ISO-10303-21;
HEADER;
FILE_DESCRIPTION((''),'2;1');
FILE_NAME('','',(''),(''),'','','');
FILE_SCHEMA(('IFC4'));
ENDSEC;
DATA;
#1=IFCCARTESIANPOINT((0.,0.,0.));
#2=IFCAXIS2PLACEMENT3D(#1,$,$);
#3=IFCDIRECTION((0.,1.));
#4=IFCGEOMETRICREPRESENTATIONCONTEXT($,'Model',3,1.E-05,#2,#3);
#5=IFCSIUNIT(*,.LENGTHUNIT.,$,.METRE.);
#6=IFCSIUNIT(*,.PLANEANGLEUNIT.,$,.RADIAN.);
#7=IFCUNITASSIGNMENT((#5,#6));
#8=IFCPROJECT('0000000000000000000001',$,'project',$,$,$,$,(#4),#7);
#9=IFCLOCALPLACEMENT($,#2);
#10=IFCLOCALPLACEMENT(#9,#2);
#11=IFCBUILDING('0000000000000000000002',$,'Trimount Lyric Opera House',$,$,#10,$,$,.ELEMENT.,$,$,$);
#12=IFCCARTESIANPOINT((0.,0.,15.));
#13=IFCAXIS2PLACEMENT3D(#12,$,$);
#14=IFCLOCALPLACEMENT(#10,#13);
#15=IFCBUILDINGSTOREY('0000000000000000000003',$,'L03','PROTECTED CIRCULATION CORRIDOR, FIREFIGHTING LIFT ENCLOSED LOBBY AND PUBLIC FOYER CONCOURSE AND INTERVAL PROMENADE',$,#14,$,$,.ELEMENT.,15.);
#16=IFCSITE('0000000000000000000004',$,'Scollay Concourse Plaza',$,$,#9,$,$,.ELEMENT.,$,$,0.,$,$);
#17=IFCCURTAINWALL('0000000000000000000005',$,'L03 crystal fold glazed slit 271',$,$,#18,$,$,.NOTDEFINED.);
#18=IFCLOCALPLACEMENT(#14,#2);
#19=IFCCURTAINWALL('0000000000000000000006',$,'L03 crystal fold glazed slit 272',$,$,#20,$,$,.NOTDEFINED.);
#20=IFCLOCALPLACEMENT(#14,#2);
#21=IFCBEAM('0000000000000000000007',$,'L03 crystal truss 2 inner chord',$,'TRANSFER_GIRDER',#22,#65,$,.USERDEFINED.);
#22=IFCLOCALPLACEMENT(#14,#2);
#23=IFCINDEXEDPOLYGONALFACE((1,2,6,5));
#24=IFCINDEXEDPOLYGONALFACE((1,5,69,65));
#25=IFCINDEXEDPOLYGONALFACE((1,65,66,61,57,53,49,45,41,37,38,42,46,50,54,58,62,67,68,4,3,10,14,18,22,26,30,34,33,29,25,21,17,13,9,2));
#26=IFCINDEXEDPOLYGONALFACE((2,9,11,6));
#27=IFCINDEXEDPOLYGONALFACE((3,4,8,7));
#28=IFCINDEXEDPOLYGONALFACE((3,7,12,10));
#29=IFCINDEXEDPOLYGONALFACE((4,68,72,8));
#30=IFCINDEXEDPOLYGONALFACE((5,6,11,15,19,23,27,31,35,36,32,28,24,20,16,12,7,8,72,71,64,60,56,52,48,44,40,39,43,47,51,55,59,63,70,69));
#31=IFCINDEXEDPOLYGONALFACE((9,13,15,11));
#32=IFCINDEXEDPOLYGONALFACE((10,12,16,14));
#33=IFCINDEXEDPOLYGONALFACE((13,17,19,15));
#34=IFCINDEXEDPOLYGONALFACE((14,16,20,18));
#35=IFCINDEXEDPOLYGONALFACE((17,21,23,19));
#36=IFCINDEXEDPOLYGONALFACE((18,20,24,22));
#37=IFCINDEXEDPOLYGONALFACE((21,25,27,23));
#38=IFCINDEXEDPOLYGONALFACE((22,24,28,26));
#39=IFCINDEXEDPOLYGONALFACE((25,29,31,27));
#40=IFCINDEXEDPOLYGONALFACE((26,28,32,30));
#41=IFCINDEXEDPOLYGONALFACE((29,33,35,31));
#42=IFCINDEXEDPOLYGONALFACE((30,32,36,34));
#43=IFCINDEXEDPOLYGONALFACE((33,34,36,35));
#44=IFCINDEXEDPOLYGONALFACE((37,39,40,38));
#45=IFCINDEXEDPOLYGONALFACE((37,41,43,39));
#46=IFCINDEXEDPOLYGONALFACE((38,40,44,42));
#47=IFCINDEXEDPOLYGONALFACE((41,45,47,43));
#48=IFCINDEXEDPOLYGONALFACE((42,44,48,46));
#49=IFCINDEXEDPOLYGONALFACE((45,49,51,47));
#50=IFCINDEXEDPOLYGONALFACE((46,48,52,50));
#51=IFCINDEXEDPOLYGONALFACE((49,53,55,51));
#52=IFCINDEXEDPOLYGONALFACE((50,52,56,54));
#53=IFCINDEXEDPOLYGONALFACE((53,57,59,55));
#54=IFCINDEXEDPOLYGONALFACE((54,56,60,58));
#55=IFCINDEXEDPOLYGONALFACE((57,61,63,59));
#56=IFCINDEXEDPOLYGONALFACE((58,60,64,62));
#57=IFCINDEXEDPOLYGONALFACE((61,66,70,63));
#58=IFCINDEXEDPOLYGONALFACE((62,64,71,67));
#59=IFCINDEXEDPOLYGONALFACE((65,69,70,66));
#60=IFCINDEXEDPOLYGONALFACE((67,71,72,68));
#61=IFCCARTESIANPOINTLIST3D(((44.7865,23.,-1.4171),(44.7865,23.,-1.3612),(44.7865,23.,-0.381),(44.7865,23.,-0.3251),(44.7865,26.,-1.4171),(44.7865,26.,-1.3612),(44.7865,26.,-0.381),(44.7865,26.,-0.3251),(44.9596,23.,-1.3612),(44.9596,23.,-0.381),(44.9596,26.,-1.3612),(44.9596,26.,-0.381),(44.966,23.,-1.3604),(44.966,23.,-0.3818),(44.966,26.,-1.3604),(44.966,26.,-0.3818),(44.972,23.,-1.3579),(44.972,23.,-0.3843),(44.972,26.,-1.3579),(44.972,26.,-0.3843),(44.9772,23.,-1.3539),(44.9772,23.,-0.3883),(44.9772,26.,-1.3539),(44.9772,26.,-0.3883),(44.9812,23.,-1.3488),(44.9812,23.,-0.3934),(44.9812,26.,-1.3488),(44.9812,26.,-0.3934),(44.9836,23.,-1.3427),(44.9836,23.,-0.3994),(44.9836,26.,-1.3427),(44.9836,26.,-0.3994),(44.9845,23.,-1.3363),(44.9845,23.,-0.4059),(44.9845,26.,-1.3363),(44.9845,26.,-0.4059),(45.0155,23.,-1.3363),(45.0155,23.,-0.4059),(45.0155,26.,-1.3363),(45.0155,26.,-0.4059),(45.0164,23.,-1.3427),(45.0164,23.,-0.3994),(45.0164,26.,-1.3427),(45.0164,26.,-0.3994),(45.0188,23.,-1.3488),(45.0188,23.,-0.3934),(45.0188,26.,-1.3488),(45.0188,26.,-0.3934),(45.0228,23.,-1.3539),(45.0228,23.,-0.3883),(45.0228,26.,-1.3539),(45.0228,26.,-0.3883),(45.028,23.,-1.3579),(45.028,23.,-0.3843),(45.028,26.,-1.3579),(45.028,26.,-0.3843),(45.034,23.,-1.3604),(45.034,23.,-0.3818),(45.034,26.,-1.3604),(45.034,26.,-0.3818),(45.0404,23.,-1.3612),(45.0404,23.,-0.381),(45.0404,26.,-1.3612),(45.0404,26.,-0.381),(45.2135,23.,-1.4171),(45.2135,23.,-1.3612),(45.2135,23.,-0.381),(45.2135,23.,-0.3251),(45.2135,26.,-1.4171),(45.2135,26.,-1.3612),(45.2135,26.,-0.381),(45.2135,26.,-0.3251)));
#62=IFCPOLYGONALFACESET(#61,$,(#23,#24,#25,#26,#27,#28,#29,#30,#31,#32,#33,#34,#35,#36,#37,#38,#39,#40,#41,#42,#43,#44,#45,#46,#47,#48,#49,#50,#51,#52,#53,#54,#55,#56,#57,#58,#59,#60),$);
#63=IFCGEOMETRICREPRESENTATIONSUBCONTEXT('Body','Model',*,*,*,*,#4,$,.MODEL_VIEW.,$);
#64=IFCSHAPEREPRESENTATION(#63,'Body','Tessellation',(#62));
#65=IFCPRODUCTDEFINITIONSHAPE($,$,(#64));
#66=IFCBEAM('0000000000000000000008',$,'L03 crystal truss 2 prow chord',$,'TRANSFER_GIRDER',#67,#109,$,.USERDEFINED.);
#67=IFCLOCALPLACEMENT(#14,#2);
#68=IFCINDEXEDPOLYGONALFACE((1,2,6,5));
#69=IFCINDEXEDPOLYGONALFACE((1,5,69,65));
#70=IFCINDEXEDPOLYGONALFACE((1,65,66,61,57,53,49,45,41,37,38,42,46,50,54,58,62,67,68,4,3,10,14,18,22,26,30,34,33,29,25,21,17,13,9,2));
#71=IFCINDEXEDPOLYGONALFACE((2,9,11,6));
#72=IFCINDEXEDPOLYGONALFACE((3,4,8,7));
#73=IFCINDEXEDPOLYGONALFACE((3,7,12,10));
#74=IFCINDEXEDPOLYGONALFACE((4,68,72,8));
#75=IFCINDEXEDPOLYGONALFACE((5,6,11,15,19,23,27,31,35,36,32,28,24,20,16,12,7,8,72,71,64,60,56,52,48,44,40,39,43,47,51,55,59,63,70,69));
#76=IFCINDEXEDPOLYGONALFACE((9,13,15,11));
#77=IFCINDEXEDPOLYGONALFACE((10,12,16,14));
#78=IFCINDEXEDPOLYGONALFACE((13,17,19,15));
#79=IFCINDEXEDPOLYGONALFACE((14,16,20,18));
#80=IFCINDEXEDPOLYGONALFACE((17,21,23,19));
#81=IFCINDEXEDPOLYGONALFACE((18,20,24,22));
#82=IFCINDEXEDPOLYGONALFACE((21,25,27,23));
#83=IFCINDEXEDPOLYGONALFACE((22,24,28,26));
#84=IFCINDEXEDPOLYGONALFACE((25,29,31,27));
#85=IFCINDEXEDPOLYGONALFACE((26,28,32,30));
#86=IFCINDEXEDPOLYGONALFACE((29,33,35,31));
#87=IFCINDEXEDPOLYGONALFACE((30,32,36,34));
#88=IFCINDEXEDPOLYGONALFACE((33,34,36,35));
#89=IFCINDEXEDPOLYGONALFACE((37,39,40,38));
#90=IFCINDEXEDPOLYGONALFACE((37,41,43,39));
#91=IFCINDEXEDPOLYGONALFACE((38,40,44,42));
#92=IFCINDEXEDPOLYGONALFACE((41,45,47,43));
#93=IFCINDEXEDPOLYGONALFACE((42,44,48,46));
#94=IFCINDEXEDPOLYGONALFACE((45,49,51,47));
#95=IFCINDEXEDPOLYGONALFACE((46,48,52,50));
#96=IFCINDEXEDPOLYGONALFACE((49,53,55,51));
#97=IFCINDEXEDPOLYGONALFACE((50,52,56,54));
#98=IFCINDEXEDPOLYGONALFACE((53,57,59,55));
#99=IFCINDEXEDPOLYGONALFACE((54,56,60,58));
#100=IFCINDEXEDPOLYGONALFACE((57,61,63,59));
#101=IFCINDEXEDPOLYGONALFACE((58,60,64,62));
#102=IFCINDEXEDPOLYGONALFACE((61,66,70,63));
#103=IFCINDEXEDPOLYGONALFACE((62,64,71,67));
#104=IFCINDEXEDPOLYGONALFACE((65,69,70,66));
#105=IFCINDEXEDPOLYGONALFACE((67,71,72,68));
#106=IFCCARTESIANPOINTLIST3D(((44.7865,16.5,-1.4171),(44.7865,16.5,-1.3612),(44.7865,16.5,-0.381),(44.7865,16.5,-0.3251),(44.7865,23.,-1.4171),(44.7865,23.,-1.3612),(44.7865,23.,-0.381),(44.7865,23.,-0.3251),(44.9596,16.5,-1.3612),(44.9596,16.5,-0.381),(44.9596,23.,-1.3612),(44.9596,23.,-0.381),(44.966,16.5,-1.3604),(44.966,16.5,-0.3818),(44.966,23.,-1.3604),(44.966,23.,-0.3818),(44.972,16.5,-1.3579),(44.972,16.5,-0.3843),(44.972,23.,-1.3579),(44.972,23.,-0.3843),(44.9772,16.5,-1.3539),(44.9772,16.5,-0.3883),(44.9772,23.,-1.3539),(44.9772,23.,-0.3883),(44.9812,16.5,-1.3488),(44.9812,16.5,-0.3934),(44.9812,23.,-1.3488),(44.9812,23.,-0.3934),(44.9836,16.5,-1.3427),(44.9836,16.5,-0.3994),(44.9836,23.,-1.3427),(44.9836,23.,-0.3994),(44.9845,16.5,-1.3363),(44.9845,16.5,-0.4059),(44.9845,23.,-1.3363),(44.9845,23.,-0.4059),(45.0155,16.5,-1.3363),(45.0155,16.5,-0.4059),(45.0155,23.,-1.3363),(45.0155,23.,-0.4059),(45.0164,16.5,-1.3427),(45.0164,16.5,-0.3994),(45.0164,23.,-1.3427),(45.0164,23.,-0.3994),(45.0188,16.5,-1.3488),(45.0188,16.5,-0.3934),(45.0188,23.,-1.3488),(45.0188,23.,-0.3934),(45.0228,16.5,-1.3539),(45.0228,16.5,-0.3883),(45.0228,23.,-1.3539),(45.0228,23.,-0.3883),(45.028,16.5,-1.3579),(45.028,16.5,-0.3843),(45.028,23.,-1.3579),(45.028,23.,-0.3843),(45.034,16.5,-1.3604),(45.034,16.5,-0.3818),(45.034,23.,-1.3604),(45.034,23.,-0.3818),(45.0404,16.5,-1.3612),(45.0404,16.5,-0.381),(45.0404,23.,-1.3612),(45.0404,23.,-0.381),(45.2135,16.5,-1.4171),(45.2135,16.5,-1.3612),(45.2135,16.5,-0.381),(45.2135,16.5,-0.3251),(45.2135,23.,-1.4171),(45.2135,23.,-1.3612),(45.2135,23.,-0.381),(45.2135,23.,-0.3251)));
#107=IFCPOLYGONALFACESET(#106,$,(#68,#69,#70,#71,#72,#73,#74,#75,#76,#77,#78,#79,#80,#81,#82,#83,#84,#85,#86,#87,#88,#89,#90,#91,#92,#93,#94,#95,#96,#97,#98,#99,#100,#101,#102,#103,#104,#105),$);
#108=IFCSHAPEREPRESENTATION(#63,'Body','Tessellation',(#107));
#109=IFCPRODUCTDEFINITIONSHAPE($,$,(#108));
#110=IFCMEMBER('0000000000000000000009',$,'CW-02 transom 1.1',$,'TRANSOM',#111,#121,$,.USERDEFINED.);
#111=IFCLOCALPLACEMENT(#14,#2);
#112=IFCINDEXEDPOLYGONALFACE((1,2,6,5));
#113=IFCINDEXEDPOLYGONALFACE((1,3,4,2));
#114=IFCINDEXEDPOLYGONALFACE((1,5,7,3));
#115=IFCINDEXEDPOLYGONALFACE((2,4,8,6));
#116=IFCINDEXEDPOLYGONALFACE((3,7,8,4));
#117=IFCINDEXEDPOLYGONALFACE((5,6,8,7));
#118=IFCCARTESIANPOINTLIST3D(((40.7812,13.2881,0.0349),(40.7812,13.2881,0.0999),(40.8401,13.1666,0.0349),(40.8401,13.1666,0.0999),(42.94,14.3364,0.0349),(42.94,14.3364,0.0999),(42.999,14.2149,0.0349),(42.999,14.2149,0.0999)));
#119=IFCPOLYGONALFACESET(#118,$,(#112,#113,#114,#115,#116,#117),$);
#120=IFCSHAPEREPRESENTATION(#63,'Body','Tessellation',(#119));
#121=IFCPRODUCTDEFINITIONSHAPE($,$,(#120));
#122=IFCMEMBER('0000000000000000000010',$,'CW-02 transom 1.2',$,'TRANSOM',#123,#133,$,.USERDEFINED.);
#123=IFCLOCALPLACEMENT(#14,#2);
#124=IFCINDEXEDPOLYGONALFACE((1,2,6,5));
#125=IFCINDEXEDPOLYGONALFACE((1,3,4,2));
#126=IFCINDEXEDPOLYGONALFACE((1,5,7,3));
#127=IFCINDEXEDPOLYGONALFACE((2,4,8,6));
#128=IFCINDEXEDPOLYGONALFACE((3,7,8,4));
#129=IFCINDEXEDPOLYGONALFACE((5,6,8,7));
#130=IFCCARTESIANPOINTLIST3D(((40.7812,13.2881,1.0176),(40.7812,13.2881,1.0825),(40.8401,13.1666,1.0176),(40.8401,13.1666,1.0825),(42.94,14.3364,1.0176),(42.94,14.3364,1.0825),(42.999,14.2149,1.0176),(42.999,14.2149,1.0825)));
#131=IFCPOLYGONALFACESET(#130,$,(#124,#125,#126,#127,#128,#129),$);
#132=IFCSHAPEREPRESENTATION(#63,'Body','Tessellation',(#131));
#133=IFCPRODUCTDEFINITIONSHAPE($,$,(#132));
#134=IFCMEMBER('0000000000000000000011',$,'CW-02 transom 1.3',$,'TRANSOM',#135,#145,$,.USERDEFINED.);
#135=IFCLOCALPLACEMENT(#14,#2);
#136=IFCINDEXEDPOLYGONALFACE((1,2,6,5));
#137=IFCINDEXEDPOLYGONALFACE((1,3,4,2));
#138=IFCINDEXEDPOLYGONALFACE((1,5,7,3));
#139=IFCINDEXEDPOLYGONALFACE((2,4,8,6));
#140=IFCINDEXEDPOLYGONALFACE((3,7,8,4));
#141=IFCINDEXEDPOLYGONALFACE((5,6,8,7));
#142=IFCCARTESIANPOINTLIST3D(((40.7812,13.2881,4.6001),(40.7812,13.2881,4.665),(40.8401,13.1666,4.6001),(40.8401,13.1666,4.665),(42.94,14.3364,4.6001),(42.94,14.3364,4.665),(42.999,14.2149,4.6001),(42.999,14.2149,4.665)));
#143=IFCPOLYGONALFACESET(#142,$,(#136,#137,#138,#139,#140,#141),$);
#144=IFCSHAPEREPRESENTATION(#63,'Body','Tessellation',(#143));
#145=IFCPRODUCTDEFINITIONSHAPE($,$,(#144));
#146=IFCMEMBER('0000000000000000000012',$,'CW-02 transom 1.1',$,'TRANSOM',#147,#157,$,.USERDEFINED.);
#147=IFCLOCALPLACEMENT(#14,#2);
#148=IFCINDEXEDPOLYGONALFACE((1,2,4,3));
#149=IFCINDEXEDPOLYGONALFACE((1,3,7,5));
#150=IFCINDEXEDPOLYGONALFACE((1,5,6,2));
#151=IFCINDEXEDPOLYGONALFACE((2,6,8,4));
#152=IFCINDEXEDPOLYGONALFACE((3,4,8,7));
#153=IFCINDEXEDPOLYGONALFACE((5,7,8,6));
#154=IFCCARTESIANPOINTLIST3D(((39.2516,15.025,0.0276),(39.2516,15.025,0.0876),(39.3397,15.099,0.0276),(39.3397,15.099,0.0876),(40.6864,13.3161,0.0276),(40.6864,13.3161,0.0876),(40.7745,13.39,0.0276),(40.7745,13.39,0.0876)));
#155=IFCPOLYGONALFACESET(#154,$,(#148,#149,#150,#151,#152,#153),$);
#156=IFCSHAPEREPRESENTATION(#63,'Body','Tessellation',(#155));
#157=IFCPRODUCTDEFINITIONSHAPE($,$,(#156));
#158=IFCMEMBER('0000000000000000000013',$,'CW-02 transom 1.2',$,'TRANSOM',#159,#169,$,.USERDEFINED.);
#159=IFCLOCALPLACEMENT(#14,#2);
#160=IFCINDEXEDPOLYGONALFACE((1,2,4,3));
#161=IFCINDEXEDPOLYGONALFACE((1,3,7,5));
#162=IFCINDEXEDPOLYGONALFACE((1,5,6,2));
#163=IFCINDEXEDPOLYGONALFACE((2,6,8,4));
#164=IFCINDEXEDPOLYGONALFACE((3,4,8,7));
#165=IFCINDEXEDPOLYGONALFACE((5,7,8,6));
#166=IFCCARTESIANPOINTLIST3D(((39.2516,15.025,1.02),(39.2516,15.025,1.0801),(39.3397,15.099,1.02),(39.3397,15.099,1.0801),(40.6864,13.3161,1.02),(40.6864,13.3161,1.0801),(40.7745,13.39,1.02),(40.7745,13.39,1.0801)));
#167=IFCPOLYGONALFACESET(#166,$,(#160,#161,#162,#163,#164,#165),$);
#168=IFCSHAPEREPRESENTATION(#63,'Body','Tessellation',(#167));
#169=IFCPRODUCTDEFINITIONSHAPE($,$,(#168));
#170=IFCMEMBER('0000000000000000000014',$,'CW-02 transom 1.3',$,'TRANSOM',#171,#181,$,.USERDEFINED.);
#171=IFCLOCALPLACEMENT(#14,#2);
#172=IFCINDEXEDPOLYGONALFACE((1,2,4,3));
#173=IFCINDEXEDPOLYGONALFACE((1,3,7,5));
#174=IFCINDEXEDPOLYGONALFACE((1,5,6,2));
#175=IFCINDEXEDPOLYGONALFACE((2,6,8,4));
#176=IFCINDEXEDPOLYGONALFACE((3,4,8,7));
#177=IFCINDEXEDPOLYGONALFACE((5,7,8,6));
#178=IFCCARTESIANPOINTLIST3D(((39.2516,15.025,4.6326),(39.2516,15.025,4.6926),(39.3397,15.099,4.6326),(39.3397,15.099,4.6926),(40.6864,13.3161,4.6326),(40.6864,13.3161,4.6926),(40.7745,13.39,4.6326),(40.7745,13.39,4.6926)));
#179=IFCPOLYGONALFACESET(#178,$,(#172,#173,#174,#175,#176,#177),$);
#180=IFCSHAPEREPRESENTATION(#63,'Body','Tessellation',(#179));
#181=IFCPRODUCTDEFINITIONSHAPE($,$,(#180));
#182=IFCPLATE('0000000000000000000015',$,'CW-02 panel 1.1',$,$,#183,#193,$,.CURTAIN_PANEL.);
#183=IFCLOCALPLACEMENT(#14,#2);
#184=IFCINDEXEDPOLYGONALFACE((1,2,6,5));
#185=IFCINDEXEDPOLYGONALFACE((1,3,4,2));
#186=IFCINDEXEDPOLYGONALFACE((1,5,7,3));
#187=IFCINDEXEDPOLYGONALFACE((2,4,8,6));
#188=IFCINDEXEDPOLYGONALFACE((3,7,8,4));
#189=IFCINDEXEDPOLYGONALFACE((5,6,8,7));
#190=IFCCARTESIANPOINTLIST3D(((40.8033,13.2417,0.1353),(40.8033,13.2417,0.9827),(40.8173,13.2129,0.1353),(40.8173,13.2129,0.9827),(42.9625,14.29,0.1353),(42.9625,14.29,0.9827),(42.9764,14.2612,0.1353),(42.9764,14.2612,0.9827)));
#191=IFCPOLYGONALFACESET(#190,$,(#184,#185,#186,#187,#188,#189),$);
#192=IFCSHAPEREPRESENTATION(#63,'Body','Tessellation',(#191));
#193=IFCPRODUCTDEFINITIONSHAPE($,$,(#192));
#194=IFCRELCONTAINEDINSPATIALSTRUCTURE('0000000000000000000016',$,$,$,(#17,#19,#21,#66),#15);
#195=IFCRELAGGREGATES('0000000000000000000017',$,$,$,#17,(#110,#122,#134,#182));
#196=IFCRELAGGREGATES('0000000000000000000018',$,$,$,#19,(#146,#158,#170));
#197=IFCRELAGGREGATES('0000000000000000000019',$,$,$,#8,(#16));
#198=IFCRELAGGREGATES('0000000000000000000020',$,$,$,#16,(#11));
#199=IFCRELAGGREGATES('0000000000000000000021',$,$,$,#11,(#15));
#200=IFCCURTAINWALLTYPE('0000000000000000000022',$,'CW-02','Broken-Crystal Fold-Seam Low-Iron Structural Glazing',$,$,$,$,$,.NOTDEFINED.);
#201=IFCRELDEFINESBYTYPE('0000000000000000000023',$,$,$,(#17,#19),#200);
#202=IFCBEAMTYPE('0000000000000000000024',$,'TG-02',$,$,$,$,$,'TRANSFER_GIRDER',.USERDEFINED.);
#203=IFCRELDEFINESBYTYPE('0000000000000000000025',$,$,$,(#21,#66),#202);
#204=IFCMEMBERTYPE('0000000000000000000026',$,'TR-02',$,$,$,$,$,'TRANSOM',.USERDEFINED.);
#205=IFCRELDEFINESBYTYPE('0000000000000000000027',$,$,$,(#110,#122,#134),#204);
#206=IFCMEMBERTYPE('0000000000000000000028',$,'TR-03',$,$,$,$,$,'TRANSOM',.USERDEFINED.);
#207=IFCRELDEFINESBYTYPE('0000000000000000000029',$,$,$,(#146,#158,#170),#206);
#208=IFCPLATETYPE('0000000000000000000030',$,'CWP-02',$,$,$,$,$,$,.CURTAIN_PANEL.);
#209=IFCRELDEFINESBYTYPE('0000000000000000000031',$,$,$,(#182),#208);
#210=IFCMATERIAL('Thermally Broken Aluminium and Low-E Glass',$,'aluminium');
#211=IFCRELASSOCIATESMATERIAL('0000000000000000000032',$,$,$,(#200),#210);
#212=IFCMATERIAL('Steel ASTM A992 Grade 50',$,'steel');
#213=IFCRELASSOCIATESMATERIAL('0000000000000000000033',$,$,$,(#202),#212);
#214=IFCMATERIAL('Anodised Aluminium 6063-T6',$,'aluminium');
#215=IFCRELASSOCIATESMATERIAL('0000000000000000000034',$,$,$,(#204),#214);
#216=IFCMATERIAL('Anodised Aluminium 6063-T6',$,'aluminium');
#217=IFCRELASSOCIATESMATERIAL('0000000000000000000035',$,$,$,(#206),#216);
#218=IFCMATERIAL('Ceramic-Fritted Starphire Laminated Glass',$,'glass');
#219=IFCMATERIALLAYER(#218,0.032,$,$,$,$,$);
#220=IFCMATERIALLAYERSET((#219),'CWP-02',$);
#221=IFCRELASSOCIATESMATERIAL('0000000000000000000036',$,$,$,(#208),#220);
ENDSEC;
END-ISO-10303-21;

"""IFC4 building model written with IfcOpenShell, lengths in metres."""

from ifc_helpers import new_model, si_unit, direction, frame, origin, origin_2d, place, context, subcontext, project, spatial, rectangle, i_section, extrude, material, layer, layer_set, material_profile, profile_set, type_object, element, aggregate, save


model = new_model("IFC4")

# Units and contexts
model_context = context("Model", 3, precision=1e-05, world=origin(), true_north=direction((0.0, 1.0)))
body_context = subcontext(model_context, "Body", "Model", "MODEL_VIEW")
ifc_project = project(units=[si_unit("LENGTHUNIT", "METRE"), si_unit("PLANEANGLEUNIT", "RADIAN")], contexts=[model_context])

# Site, building, storey
site_placement = place(None, origin())
site = spatial("IfcSite", under=ifc_project, at=site_placement, Name="Scollay Concourse Plaza", CompositionType="ELEMENT", RefElevation=0.0)
building_placement = place(site_placement, origin())
building = spatial("IfcBuilding", under=site, at=building_placement, Name="Trimount Lyric Opera House", CompositionType="ELEMENT")
storey_placement = place(building_placement, frame((0.0, 0.0, 15.0)))
storey = spatial("IfcBuildingStorey", under=building, at=storey_placement, Name="L03", Description="PROTECTED CIRCULATION CORRIDOR, FIREFIGHTING LIFT ENCLOSED LOBBY AND PUBLIC FOYER CONCOURSE AND INTERVAL PROMENADE", CompositionType="ELEMENT", Elevation=15.0)

# Curtain walls
ifc_material_1 = material(Name="Thermally Broken Aluminium and Low-E Glass", Category="aluminium")
curtain_wall_type = type_object("IfcCurtainWallType", Name="CW-02", Description="Broken-Crystal Fold-Seam Low-Iron Structural Glazing", PredefinedType="NOTDEFINED", material=ifc_material_1)
curtain_wall_1_placement = place(storey_placement, origin())
curtain_wall_1 = element("IfcCurtainWall", 1, at=curtain_wall_1_placement, inside=storey, type_object=curtain_wall_type, Name="L03 crystal fold glazed slit 271", PredefinedType="NOTDEFINED")
curtain_wall_2_placement = place(storey_placement, origin())
curtain_wall_2 = element("IfcCurtainWall", 2, at=curtain_wall_2_placement, inside=storey, type_object=curtain_wall_type, Name="L03 crystal fold glazed slit 272", PredefinedType="NOTDEFINED")

# Beams
ifc_material_2 = material(Name="Steel ASTM A992 Grade 50", Category="steel")
ifc_material_profile_1 = material_profile(ifc_material_2, i_section(OverallWidth=0.427, OverallDepth=1.092, WebThickness=0.031, FlangeThickness=0.0559, FilletRadius=0.0249, at=origin_2d()), Name="W40X397")
ifc_profile_set_1 = profile_set([ifc_material_profile_1], Name="Steel ASTM A992 Grade 50")
beam_type_1 = type_object("IfcBeamType", Name="TG-02", ElementType="TRANSFER_GIRDER", PredefinedType="USERDEFINED", material=ifc_profile_set_1)
beam_1_placement = place(storey_placement, frame((45.0, 23.0, -0.8711), z_axis=(0.0, 1.0, 0.0), x_axis=(-1.0, 0.0, 0.0)))
element("IfcBeam", 3, at=beam_1_placement, inside=storey, type_object=beam_type_1, Name="L03 crystal truss 2 inner chord", ObjectType="TRANSFER_GIRDER", PredefinedType="USERDEFINED", context=body_context, shape_type="SweptSolid", body=[
    extrude(i_section(OverallWidth=0.427, OverallDepth=1.092, WebThickness=0.031, FlangeThickness=0.0559, FilletRadius=0.0249, at=origin_2d()), origin(), (0.0, 0.0, 1.0), 3.0),
])
beam_2_placement = place(storey_placement, frame((45.0, 16.5, -0.8711), z_axis=(0.0, 1.0, 0.0), x_axis=(-1.0, 0.0, 0.0)))
element("IfcBeam", 4, at=beam_2_placement, inside=storey, type_object=beam_type_1, Name="L03 crystal truss 2 prow chord", ObjectType="TRANSFER_GIRDER", PredefinedType="USERDEFINED", context=body_context, shape_type="SweptSolid", body=[
    extrude(i_section(OverallWidth=0.427, OverallDepth=1.092, WebThickness=0.031, FlangeThickness=0.0559, FilletRadius=0.0249, at=origin_2d()), origin(), (0.0, 0.0, 1.0), 6.5),
])

# Members
ifc_material_3 = material(Name="Anodised Aluminium 6063-T6", Category="aluminium")
ifc_material_profile_2 = material_profile(ifc_material_3, rectangle(XDim=0.135, YDim=0.0649, at=origin_2d()), Name="ALU-TRAN-65X135")
ifc_profile_set_2 = profile_set([ifc_material_profile_2], Name="Anodised Aluminium 6063-T6")
member_type_1 = type_object("IfcMemberType", Name="TR-02", ElementType="TRANSOM", PredefinedType="USERDEFINED", material=ifc_profile_set_2)
member_1_placement = place(storey_placement, frame((42.9695, 14.2756, 0.0674), z_axis=(-0.899555, -0.436808, 0.0), x_axis=(0.436808, -0.899555, 0.0)))
member_1 = element("IfcMember", 5, at=member_1_placement, type_object=member_type_1, Name="CW-02 transom 1.1", ObjectType="TRANSOM", PredefinedType="USERDEFINED", context=body_context, shape_type="SweptSolid", body=[
    extrude(rectangle(XDim=0.135, YDim=0.0649, at=origin_2d()), origin(), (0.0, 0.0, 1.0), 2.3999),
])
member_2_placement = place(storey_placement, frame((42.9695, 14.2756, 1.05), z_axis=(-0.899555, -0.436808, 0.0), x_axis=(0.436808, -0.899555, 0.0)))
member_2 = element("IfcMember", 6, at=member_2_placement, type_object=member_type_1, Name="CW-02 transom 1.2", ObjectType="TRANSOM", PredefinedType="USERDEFINED", context=body_context, shape_type="SweptSolid", body=[
    extrude(rectangle(XDim=0.135, YDim=0.0649, at=origin_2d()), origin(), (0.0, 0.0, 1.0), 2.3999),
])
member_3_placement = place(storey_placement, frame((42.9695, 14.2756, 4.6326), z_axis=(-0.899555, -0.436808, 0.0), x_axis=(0.436808, -0.899555, 0.0)))
member_3 = element("IfcMember", 7, at=member_3_placement, type_object=member_type_1, Name="CW-02 transom 1.3", ObjectType="TRANSOM", PredefinedType="USERDEFINED", context=body_context, shape_type="SweptSolid", body=[
    extrude(rectangle(XDim=0.135, YDim=0.0649, at=origin_2d()), origin(), (0.0, 0.0, 1.0), 2.3999),
])
ifc_material_4 = material(Name="Anodised Aluminium 6063-T6", Category="aluminium")
ifc_material_profile_3 = material_profile(ifc_material_4, rectangle(XDim=0.115, YDim=0.0601, at=origin_2d()), Name="ALU-TRAN-60X115")
ifc_profile_set_3 = profile_set([ifc_material_profile_3], Name="Anodised Aluminium 6063-T6")
member_type_2 = type_object("IfcMemberType", Name="TR-03", ElementType="TRANSOM", PredefinedType="USERDEFINED", material=ifc_profile_set_3)
member_4_placement = place(storey_placement, frame((40.7305, 13.353, 0.0576), z_axis=(-0.643, 0.765866, 0.0), x_axis=(-0.765866, -0.643, 0.0)))
member_4 = element("IfcMember", 8, at=member_4_placement, type_object=member_type_2, Name="CW-02 transom 1.1", ObjectType="TRANSOM", PredefinedType="USERDEFINED", context=body_context, shape_type="SweptSolid", body=[
    extrude(rectangle(XDim=0.115, YDim=0.0601, at=origin_2d()), origin(), (0.0, 0.0, 1.0), 2.2314),
])
member_5_placement = place(storey_placement, frame((40.7305, 13.353, 1.05), z_axis=(-0.643, 0.765866, 0.0), x_axis=(-0.765866, -0.643, 0.0)))
member_5 = element("IfcMember", 9, at=member_5_placement, type_object=member_type_2, Name="CW-02 transom 1.2", ObjectType="TRANSOM", PredefinedType="USERDEFINED", context=body_context, shape_type="SweptSolid", body=[
    extrude(rectangle(XDim=0.115, YDim=0.0601, at=origin_2d()), origin(), (0.0, 0.0, 1.0), 2.2314),
])
member_6_placement = place(storey_placement, frame((40.7305, 13.353, 4.6626), z_axis=(-0.643, 0.765866, 0.0), x_axis=(-0.765866, -0.643, 0.0)))
member_6 = element("IfcMember", 10, at=member_6_placement, type_object=member_type_2, Name="CW-02 transom 1.3", ObjectType="TRANSOM", PredefinedType="USERDEFINED", context=body_context, shape_type="SweptSolid", body=[
    extrude(rectangle(XDim=0.115, YDim=0.0601, at=origin_2d()), origin(), (0.0, 0.0, 1.0), 2.2314),
])

# Plate
ifc_material_5 = material(Name="Ceramic-Fritted Starphire Laminated Glass", Category="glass")
ifc_layer_1 = layer(ifc_material_5, 0.032)
ifc_layer_set_1 = layer_set([ifc_layer_1], Name="CWP-02")
plate_type = type_object("IfcPlateType", Name="CWP-02", PredefinedType="CURTAIN_PANEL", material=ifc_layer_set_1)
plate_1_placement = place(storey_placement, frame((41.8899, 13.7515, 0.1353), z_axis=(0.0, 0.0, 1.0), x_axis=(-0.899584, -0.436749, 0.0)))
plate_1 = element("IfcPlate", 11, at=plate_1_placement, type_object=plate_type, Name="CW-02 panel 1.1", PredefinedType="CURTAIN_PANEL", context=body_context, shape_type="SweptSolid", body=[
    extrude(rectangle(XDim=2.4001, YDim=0.032, at=origin_2d()), origin(), (0.0, 0.0, 1.0), 0.8474),
])
aggregate(curtain_wall_1, [member_1, member_2, member_3, plate_1])
aggregate(curtain_wall_2, [member_4, member_5, member_6])

save(model, "model.ifc")
